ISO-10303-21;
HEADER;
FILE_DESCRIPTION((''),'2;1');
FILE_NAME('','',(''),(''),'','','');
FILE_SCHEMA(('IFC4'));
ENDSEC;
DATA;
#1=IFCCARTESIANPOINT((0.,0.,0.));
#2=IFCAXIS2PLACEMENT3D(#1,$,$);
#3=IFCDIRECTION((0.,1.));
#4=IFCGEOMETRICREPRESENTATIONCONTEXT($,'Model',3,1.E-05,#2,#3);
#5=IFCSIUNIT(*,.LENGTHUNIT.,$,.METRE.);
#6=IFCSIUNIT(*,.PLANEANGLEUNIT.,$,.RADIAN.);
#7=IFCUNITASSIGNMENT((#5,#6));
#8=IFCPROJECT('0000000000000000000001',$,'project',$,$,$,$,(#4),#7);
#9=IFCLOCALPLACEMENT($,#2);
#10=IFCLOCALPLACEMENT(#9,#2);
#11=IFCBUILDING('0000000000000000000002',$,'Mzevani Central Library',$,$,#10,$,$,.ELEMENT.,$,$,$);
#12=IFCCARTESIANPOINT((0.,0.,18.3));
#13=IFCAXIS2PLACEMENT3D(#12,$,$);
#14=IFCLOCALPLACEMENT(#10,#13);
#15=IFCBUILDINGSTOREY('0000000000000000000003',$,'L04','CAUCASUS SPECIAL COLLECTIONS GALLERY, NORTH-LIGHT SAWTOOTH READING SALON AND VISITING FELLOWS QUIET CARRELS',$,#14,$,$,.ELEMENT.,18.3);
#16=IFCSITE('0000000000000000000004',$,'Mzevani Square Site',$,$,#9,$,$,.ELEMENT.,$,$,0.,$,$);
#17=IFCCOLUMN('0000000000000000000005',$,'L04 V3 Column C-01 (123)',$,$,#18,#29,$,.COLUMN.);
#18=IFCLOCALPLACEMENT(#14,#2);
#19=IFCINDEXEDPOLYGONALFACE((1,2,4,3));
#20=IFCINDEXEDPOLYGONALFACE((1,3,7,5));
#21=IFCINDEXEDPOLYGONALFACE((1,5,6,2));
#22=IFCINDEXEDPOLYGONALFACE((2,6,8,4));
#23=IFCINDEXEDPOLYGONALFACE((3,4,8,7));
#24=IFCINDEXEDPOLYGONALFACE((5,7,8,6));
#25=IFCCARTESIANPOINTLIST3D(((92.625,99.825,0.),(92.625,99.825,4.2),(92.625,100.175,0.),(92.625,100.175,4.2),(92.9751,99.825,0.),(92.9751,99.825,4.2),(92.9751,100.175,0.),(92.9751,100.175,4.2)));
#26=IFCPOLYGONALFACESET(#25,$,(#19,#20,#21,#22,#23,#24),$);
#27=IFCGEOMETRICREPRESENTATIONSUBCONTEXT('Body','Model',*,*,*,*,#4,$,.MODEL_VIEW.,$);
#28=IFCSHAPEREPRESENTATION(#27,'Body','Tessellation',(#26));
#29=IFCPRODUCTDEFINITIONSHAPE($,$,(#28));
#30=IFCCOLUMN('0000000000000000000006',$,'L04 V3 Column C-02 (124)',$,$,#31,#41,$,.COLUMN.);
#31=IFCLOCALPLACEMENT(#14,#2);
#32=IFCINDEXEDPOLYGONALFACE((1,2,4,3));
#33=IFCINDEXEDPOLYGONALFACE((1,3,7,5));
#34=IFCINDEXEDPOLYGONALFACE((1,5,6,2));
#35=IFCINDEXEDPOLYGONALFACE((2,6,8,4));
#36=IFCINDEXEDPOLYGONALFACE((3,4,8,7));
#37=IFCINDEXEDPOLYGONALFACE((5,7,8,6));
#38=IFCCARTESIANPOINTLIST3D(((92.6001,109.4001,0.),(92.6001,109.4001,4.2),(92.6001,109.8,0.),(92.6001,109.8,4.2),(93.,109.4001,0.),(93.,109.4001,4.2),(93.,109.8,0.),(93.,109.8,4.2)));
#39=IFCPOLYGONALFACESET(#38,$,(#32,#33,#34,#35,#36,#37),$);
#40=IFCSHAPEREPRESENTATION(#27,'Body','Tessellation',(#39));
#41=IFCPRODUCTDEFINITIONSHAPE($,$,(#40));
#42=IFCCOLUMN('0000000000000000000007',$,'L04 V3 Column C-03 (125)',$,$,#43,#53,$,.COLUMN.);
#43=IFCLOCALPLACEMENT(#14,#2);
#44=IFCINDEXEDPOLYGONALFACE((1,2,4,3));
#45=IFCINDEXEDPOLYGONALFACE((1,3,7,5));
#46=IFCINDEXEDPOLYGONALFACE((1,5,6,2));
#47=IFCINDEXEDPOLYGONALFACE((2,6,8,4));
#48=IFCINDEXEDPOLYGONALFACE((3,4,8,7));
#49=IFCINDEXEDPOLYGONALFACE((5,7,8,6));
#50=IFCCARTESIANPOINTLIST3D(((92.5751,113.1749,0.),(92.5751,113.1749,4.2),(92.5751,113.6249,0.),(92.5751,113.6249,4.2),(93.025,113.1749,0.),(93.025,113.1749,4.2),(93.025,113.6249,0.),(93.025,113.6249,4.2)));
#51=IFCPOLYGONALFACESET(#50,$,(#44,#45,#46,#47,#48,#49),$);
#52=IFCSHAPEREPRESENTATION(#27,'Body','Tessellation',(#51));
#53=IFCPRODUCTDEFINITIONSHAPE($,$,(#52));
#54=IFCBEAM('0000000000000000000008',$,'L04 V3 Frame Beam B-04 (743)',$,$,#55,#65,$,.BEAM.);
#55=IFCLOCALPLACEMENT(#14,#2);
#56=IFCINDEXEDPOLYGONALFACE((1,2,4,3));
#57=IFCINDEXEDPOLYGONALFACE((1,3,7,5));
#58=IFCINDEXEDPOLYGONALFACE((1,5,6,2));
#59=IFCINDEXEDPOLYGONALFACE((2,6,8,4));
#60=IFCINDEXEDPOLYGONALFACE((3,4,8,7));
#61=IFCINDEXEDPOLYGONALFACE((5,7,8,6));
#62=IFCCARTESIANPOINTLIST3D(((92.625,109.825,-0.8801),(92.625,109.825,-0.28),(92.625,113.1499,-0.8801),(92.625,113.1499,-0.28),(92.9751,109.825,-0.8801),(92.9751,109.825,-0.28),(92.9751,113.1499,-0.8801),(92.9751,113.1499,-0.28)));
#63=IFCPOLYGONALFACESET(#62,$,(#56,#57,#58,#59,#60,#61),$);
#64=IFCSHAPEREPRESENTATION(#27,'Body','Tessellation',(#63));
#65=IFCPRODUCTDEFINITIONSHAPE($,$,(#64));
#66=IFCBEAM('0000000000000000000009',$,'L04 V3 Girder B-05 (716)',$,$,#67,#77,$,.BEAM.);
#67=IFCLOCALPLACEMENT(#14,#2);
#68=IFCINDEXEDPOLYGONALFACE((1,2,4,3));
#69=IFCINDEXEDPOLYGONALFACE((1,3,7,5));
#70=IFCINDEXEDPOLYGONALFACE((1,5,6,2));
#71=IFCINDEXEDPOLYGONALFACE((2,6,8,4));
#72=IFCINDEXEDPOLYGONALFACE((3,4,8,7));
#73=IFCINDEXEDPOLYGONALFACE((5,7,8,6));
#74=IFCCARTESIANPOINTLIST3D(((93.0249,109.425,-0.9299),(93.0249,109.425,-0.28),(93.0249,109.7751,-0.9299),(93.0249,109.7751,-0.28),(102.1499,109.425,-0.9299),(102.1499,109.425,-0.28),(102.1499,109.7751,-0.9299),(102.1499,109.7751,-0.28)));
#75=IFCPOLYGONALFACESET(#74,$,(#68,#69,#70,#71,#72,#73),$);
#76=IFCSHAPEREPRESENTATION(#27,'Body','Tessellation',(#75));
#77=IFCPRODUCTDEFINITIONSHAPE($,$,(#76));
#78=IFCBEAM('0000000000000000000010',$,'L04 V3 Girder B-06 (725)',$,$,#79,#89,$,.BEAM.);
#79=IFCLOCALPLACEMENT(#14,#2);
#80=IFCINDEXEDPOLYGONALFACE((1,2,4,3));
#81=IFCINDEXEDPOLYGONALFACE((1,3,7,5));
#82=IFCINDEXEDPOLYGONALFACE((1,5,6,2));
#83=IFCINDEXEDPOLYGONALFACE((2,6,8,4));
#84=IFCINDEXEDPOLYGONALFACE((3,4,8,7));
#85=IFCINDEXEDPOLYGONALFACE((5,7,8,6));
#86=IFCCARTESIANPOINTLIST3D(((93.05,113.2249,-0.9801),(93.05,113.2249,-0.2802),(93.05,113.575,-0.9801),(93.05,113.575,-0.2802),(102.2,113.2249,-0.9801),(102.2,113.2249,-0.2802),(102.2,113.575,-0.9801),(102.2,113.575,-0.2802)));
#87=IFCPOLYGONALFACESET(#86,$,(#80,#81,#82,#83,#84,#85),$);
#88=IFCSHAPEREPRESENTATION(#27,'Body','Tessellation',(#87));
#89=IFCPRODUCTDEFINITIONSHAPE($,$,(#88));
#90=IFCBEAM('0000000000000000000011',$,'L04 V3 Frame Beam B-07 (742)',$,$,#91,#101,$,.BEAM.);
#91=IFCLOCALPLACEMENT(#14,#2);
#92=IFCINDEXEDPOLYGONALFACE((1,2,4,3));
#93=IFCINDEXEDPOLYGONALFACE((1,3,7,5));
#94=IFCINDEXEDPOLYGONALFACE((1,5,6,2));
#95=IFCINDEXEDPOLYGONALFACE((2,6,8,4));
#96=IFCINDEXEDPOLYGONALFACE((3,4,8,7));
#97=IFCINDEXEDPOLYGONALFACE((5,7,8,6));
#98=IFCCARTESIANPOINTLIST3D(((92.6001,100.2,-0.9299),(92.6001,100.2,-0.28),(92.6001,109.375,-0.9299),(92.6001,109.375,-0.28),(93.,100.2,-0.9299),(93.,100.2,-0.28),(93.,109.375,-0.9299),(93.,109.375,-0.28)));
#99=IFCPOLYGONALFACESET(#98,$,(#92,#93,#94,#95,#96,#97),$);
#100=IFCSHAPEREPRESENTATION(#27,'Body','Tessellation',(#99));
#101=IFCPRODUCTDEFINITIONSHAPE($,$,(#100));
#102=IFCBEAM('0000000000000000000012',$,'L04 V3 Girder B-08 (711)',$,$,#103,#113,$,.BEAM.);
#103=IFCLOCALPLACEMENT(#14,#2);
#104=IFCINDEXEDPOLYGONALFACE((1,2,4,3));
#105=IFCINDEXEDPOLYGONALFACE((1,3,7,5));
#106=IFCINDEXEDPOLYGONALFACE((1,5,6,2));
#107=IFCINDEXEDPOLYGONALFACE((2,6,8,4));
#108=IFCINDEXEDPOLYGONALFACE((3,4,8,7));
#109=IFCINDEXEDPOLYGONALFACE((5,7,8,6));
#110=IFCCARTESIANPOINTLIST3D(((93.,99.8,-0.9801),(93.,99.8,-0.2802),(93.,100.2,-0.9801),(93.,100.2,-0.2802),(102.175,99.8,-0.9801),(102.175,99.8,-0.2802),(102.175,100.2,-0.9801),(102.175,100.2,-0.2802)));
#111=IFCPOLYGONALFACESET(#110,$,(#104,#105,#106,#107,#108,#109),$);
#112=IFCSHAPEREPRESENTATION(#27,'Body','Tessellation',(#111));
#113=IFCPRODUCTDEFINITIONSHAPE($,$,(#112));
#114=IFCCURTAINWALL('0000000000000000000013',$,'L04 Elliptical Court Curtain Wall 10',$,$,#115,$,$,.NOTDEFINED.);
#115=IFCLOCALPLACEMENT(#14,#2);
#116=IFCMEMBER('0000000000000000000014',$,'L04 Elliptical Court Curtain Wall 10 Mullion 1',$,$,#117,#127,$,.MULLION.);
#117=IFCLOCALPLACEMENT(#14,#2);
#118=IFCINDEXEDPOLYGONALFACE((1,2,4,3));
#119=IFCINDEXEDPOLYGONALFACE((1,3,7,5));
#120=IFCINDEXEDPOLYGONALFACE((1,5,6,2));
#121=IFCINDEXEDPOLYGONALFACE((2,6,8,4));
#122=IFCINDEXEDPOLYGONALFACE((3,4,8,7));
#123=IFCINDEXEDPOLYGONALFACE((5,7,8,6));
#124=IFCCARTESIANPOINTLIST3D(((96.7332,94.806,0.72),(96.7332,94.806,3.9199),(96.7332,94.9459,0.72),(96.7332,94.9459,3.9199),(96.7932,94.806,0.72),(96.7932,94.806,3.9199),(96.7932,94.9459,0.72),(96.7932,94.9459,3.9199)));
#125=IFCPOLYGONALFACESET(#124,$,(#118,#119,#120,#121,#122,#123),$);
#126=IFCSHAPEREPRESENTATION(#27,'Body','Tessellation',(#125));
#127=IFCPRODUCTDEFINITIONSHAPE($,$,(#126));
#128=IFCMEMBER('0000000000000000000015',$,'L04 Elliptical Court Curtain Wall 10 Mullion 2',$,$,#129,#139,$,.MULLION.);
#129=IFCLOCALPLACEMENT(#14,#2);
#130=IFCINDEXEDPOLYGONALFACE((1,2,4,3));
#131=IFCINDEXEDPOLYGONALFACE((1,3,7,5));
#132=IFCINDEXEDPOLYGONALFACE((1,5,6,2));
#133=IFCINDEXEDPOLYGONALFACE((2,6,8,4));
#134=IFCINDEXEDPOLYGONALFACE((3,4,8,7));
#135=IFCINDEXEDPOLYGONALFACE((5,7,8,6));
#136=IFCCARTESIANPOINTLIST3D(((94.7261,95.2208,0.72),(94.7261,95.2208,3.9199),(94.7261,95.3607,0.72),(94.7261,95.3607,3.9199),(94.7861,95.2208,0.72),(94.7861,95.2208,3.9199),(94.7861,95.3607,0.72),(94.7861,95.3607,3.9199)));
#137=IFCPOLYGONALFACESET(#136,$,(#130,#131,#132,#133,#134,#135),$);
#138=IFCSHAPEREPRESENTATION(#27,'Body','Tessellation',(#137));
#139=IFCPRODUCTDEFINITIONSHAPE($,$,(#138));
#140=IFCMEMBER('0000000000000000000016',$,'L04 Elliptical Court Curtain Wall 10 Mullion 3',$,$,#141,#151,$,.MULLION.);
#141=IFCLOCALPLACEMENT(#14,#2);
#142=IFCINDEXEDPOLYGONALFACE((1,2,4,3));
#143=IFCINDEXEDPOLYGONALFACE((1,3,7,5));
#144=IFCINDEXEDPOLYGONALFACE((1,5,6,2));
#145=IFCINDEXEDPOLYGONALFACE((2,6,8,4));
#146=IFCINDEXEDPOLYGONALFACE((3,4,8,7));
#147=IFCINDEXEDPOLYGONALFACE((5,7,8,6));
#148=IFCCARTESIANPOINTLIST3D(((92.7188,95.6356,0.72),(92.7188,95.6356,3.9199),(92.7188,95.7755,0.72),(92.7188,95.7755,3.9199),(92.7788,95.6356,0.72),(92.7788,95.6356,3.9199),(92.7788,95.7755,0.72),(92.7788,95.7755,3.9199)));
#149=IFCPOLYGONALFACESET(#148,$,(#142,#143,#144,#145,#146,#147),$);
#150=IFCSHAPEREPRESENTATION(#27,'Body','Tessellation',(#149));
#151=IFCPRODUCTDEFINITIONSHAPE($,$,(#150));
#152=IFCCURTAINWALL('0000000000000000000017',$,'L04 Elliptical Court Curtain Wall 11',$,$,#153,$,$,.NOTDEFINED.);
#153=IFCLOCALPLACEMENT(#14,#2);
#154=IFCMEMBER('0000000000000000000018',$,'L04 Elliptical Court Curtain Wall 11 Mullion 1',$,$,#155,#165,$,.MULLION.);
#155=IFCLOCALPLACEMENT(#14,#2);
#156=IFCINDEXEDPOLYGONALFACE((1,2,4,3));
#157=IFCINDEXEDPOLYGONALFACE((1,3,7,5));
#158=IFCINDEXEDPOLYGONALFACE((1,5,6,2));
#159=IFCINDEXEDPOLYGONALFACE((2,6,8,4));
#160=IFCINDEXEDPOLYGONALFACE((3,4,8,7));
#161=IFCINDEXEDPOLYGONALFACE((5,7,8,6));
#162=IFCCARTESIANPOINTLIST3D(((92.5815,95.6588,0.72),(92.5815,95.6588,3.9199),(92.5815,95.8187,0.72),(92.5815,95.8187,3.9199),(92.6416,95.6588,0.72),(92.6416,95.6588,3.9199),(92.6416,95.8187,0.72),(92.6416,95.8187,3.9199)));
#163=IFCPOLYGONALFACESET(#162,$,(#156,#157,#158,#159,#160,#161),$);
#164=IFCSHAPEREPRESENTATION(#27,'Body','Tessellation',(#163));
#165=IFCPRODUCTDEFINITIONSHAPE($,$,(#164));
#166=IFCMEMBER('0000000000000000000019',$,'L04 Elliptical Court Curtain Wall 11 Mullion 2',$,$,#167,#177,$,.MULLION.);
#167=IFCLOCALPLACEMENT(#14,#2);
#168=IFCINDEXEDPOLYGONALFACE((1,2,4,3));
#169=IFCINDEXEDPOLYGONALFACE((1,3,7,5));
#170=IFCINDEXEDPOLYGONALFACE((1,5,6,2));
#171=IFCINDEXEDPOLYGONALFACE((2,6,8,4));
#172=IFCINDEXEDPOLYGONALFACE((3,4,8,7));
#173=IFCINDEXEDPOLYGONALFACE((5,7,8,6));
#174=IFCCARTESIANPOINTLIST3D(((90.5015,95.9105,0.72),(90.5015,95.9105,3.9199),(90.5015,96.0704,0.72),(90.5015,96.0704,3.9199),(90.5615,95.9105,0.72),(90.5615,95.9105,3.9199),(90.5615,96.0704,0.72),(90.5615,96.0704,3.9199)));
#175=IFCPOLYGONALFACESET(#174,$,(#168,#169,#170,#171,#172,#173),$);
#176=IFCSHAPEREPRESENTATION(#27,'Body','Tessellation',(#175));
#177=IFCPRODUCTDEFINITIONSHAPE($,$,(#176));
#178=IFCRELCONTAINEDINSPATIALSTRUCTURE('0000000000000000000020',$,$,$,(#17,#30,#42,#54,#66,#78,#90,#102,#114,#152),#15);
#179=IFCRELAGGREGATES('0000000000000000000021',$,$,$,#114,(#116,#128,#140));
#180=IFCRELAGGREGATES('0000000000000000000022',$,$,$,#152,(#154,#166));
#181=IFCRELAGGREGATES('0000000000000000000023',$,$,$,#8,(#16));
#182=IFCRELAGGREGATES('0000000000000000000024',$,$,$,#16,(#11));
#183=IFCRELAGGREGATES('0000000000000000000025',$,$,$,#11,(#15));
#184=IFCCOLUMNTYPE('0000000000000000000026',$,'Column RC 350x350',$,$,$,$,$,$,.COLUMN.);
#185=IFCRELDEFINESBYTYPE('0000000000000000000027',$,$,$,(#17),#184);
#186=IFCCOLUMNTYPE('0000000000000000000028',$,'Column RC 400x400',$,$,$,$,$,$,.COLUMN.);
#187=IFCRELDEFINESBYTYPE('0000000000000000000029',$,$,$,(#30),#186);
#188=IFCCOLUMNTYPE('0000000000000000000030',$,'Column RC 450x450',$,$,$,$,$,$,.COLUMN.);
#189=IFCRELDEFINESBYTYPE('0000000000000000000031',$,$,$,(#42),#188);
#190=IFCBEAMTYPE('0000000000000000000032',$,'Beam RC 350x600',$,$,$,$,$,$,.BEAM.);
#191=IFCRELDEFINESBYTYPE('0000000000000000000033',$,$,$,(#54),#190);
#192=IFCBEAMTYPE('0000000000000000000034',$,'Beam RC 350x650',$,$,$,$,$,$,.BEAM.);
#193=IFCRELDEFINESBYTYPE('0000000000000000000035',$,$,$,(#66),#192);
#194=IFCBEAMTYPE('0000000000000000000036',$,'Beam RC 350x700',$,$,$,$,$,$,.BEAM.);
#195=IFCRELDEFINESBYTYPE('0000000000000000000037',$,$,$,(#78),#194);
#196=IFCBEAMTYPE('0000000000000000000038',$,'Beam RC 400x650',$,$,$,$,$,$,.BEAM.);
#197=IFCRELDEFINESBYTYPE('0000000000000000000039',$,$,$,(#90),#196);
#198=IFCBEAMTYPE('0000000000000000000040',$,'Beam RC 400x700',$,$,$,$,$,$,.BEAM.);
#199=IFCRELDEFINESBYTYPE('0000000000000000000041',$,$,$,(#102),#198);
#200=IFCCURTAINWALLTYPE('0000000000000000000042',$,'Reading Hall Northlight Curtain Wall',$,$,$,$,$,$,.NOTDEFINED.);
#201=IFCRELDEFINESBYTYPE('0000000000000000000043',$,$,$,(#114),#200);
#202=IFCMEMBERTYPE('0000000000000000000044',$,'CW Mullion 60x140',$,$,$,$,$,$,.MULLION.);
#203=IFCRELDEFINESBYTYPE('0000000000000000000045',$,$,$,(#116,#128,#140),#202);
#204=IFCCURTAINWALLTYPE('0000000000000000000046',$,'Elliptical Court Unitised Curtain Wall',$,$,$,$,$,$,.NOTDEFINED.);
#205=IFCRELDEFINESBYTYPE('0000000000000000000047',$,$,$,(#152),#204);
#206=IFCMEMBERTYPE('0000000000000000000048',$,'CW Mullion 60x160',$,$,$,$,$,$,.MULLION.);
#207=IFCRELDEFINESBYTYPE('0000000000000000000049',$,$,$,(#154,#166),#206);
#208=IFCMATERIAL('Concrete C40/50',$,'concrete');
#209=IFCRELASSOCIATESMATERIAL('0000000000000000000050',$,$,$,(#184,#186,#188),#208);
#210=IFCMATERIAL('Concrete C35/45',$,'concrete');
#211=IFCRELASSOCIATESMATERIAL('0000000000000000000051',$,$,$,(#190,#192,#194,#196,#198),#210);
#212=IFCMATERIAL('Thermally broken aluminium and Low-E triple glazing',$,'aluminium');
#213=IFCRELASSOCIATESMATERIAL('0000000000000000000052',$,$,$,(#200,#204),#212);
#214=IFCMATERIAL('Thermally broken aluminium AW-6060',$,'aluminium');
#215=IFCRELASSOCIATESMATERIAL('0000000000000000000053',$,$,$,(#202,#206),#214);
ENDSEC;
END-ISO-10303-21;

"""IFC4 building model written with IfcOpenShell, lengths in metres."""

from ifc_helpers import new_model, si_unit, direction, frame, origin, origin_2d, place, context, subcontext, project, spatial, rectangle, extrude, material, material_profile, profile_set, type_object, element, aggregate, save


model = new_model("IFC4")

# Units and contexts
model_context = context("Model", 3, precision=1e-05, world=origin(), true_north=direction((0.0, 1.0)))
body_context = subcontext(model_context, "Body", "Model", "MODEL_VIEW")
ifc_project = project(units=[si_unit("LENGTHUNIT", "METRE"), si_unit("PLANEANGLEUNIT", "RADIAN")], contexts=[model_context])

# Site, building, storey
site_placement = place(None, origin())
site = spatial("IfcSite", under=ifc_project, at=site_placement, Name="Mzevani Square Site", CompositionType="ELEMENT", RefElevation=0.0)
building_placement = place(site_placement, origin())
building = spatial("IfcBuilding", under=site, at=building_placement, Name="Mzevani Central Library", CompositionType="ELEMENT")
storey_placement = place(building_placement, frame((0.0, 0.0, 18.3)))
storey = spatial("IfcBuildingStorey", under=building, at=storey_placement, Name="L04", Description="CAUCASUS SPECIAL COLLECTIONS GALLERY, NORTH-LIGHT SAWTOOTH READING SALON AND VISITING FELLOWS QUIET CARRELS", CompositionType="ELEMENT", Elevation=18.3)

# Columns
ifc_material_1 = material(Name="Concrete C40/50", Category="concrete")
ifc_material_profile_1 = material_profile(ifc_material_1, rectangle(XDim=0.3501, YDim=0.3501, at=origin_2d()), Name="RC 350x350")
ifc_profile_set_1 = profile_set([ifc_material_profile_1], Name="Concrete C40/50")
column_type_1 = type_object("IfcColumnType", Name="Column RC 350x350", PredefinedType="COLUMN", material=ifc_profile_set_1)
column_1_placement = place(storey_placement, frame((92.8, 100.0, 0.0), z_axis=(0.0, 0.0, 1.0), x_axis=(1.0, 0.0, 0.0)))
element("IfcColumn", 1, at=column_1_placement, inside=storey, type_object=column_type_1, Name="L04 V3 Column C-01 (123)", PredefinedType="COLUMN", context=body_context, shape_type="SweptSolid", body=[
    extrude(rectangle(XDim=0.3501, YDim=0.3501, at=origin_2d()), origin(), (0.0, 0.0, 1.0), 4.2),
])
ifc_material_profile_2 = material_profile(ifc_material_1, rectangle(XDim=0.3999, YDim=0.3999, at=origin_2d()), Name="RC 400x400")
ifc_profile_set_2 = profile_set([ifc_material_profile_2], Name="Concrete C40/50")
column_type_2 = type_object("IfcColumnType", Name="Column RC 400x400", PredefinedType="COLUMN", material=ifc_profile_set_2)
column_2_placement = place(storey_placement, frame((92.8, 109.6001, 0.0), z_axis=(0.0, 0.0, 1.0), x_axis=(1.0, 0.0, 0.0)))
element("IfcColumn", 2, at=column_2_placement, inside=storey, type_object=column_type_2, Name="L04 V3 Column C-02 (124)", PredefinedType="COLUMN", context=body_context, shape_type="SweptSolid", body=[
    extrude(rectangle(XDim=0.3999, YDim=0.3999, at=origin_2d()), origin(), (0.0, 0.0, 1.0), 4.2),
])
ifc_material_profile_3 = material_profile(ifc_material_1, rectangle(XDim=0.45, YDim=0.45, at=origin_2d()), Name="RC 450x450")
ifc_profile_set_3 = profile_set([ifc_material_profile_3], Name="Concrete C40/50")
column_type_3 = type_object("IfcColumnType", Name="Column RC 450x450", PredefinedType="COLUMN", material=ifc_profile_set_3)
column_3_placement = place(storey_placement, frame((92.8, 113.3999, 0.0), z_axis=(0.0, 0.0, 1.0), x_axis=(1.0, 0.0, 0.0)))
element("IfcColumn", 3, at=column_3_placement, inside=storey, type_object=column_type_3, Name="L04 V3 Column C-03 (125)", PredefinedType="COLUMN", context=body_context, shape_type="SweptSolid", body=[
    extrude(rectangle(XDim=0.45, YDim=0.45, at=origin_2d()), origin(), (0.0, 0.0, 1.0), 4.2),
])

# Beams
ifc_material_2 = material(Name="Concrete C35/45", Category="concrete")
ifc_material_profile_4 = material_profile(ifc_material_2, rectangle(XDim=0.3501, YDim=0.6001, at=origin_2d()), Name="RC B350x600")
ifc_profile_set_4 = profile_set([ifc_material_profile_4], Name="Concrete C35/45")
beam_type_1 = type_object("IfcBeamType", Name="Beam RC 350x600", PredefinedType="BEAM", material=ifc_profile_set_4)
beam_1_placement = place(storey_placement, frame((92.8, 109.825, -0.5801), z_axis=(0.0, 1.0, 0.0), x_axis=(-1.0, 0.0, 0.0)))
element("IfcBeam", 4, at=beam_1_placement, inside=storey, type_object=beam_type_1, Name="L04 V3 Frame Beam B-04 (743)", PredefinedType="BEAM", context=body_context, shape_type="SweptSolid", body=[
    extrude(rectangle(XDim=0.3501, YDim=0.6001, at=origin_2d()), origin(), (0.0, 0.0, 1.0), 3.325),
])
ifc_material_profile_5 = material_profile(ifc_material_2, rectangle(XDim=0.3501, YDim=0.6499, at=origin_2d()), Name="RC B350x650")
ifc_profile_set_5 = profile_set([ifc_material_profile_5], Name="Concrete C35/45")
beam_type_2 = type_object("IfcBeamType", Name="Beam RC 350x650", PredefinedType="BEAM", material=ifc_profile_set_5)
beam_2_placement = place(storey_placement, frame((93.0249, 109.6001, -0.605), z_axis=(1.0, 0.0, 0.0), x_axis=(0.0, 1.0, 0.0)))
element("IfcBeam", 5, at=beam_2_placement, inside=storey, type_object=beam_type_2, Name="L04 V3 Girder B-05 (716)", PredefinedType="BEAM", context=body_context, shape_type="SweptSolid", body=[
    extrude(rectangle(XDim=0.3501, YDim=0.6499, at=origin_2d()), origin(), (0.0, 0.0, 1.0), 9.125),
])
ifc_material_profile_6 = material_profile(ifc_material_2, rectangle(XDim=0.3501, YDim=0.7, at=origin_2d()), Name="RC B350x700")
ifc_profile_set_6 = profile_set([ifc_material_profile_6], Name="Concrete C35/45")
beam_type_3 = type_object("IfcBeamType", Name="Beam RC 350x700", PredefinedType="BEAM", material=ifc_profile_set_6)
beam_3_placement = place(storey_placement, frame((93.05, 113.3999, -0.6301), z_axis=(1.0, 0.0, 0.0), x_axis=(0.0, 1.0, 0.0)))
element("IfcBeam", 6, at=beam_3_placement, inside=storey, type_object=beam_type_3, Name="L04 V3 Girder B-06 (725)", PredefinedType="BEAM", context=body_context, shape_type="SweptSolid", body=[
    extrude(rectangle(XDim=0.3501, YDim=0.7, at=origin_2d()), origin(), (0.0, 0.0, 1.0), 9.1499),
])
ifc_material_profile_7 = material_profile(ifc_material_2, rectangle(XDim=0.3999, YDim=0.6499, at=origin_2d()), Name="RC B400x650")
ifc_profile_set_7 = profile_set([ifc_material_profile_7], Name="Concrete C35/45")
beam_type_4 = type_object("IfcBeamType", Name="Beam RC 400x650", PredefinedType="BEAM", material=ifc_profile_set_7)
beam_4_placement = place(storey_placement, frame((92.8, 100.2, -0.605), z_axis=(0.0, 1.0, 0.0), x_axis=(-1.0, 0.0, 0.0)))
element("IfcBeam", 7, at=beam_4_placement, inside=storey, type_object=beam_type_4, Name="L04 V3 Frame Beam B-07 (742)", PredefinedType="BEAM", context=body_context, shape_type="SweptSolid", body=[
    extrude(rectangle(XDim=0.3999, YDim=0.6499, at=origin_2d()), origin(), (0.0, 0.0, 1.0), 9.175),
])
ifc_material_profile_8 = material_profile(ifc_material_2, rectangle(XDim=0.3999, YDim=0.7, at=origin_2d()), Name="RC B400x700")
ifc_profile_set_8 = profile_set([ifc_material_profile_8], Name="Concrete C35/45")
beam_type_5 = type_object("IfcBeamType", Name="Beam RC 400x700", PredefinedType="BEAM", material=ifc_profile_set_8)
beam_5_placement = place(storey_placement, frame((93.0, 100.0, -0.6301), z_axis=(1.0, 0.0, 0.0), x_axis=(0.0, 1.0, 0.0)))
element("IfcBeam", 8, at=beam_5_placement, inside=storey, type_object=beam_type_5, Name="L04 V3 Girder B-08 (711)", PredefinedType="BEAM", context=body_context, shape_type="SweptSolid", body=[
    extrude(rectangle(XDim=0.3999, YDim=0.7, at=origin_2d()), origin(), (0.0, 0.0, 1.0), 9.175),
])

# Curtain walls, members
ifc_material_3 = material(Name="Thermally broken aluminium and Low-E triple glazing", Category="aluminium")
curtain_wall_type_1 = type_object("IfcCurtainWallType", Name="Reading Hall Northlight Curtain Wall", PredefinedType="NOTDEFINED", material=ifc_material_3)
curtain_wall_1_placement = place(storey_placement, origin())
curtain_wall_1 = element("IfcCurtainWall", 9, at=curtain_wall_1_placement, inside=storey, type_object=curtain_wall_type_1, Name="L04 Elliptical Court Curtain Wall 10", PredefinedType="NOTDEFINED")
ifc_material_4 = material(Name="Thermally broken aluminium AW-6060", Category="aluminium")
ifc_material_profile_9 = material_profile(ifc_material_4, rectangle(XDim=0.0601, YDim=0.1399, at=origin_2d()), Name="ALU M60x140")
ifc_profile_set_9 = profile_set([ifc_material_profile_9], Name="Thermally broken aluminium AW-6060")
member_type_1 = type_object("IfcMemberType", Name="CW Mullion 60x140", PredefinedType="MULLION", material=ifc_profile_set_9)
member_1_placement = place(storey_placement, frame((96.7632, 94.876, 0.72), z_axis=(0.0, 0.0, 1.0), x_axis=(1.0, 0.0, 0.0)))
member_1 = element("IfcMember", 10, at=member_1_placement, type_object=member_type_1, Name="L04 Elliptical Court Curtain Wall 10 Mullion 1", PredefinedType="MULLION", context=body_context, shape_type="SweptSolid", body=[
    extrude(rectangle(XDim=0.0601, YDim=0.1399, at=origin_2d()), origin(), (0.0, 0.0, 1.0), 3.2),
])
member_2_placement = place(storey_placement, frame((94.7561, 95.2908, 0.72), z_axis=(0.0, 0.0, 1.0), x_axis=(1.0, 0.0, 0.0)))
member_2 = element("IfcMember", 11, at=member_2_placement, type_object=member_type_1, Name="L04 Elliptical Court Curtain Wall 10 Mullion 2", PredefinedType="MULLION", context=body_context, shape_type="SweptSolid", body=[
    extrude(rectangle(XDim=0.0601, YDim=0.1399, at=origin_2d()), origin(), (0.0, 0.0, 1.0), 3.2),
])
member_3_placement = place(storey_placement, frame((92.7488, 95.7056, 0.72), z_axis=(0.0, 0.0, 1.0), x_axis=(1.0, 0.0, 0.0)))
member_3 = element("IfcMember", 12, at=member_3_placement, type_object=member_type_1, Name="L04 Elliptical Court Curtain Wall 10 Mullion 3", PredefinedType="MULLION", context=body_context, shape_type="SweptSolid", body=[
    extrude(rectangle(XDim=0.0601, YDim=0.1399, at=origin_2d()), origin(), (0.0, 0.0, 1.0), 3.2),
])
curtain_wall_type_2 = type_object("IfcCurtainWallType", Name="Elliptical Court Unitised Curtain Wall", PredefinedType="NOTDEFINED", material=ifc_material_3)
curtain_wall_2_placement = place(storey_placement, origin())
curtain_wall_2 = element("IfcCurtainWall", 13, at=curtain_wall_2_placement, inside=storey, type_object=curtain_wall_type_2, Name="L04 Elliptical Court Curtain Wall 11", PredefinedType="NOTDEFINED")
ifc_material_profile_10 = material_profile(ifc_material_4, rectangle(XDim=0.0601, YDim=0.1599, at=origin_2d()), Name="ALU M60x160")
ifc_profile_set_10 = profile_set([ifc_material_profile_10], Name="Thermally broken aluminium AW-6060")
member_type_2 = type_object("IfcMemberType", Name="CW Mullion 60x160", PredefinedType="MULLION", material=ifc_profile_set_10)
member_4_placement = place(storey_placement, frame((92.6116, 95.7388, 0.72), z_axis=(0.0, 0.0, 1.0), x_axis=(1.0, 0.0, 0.0)))
member_4 = element("IfcMember", 14, at=member_4_placement, type_object=member_type_2, Name="L04 Elliptical Court Curtain Wall 11 Mullion 1", PredefinedType="MULLION", context=body_context, shape_type="SweptSolid", body=[
    extrude(rectangle(XDim=0.0601, YDim=0.1599, at=origin_2d()), origin(), (0.0, 0.0, 1.0), 3.2),
])
member_5_placement = place(storey_placement, frame((90.5315, 95.9905, 0.72), z_axis=(0.0, 0.0, 1.0), x_axis=(1.0, 0.0, 0.0)))
member_5 = element("IfcMember", 15, at=member_5_placement, type_object=member_type_2, Name="L04 Elliptical Court Curtain Wall 11 Mullion 2", PredefinedType="MULLION", context=body_context, shape_type="SweptSolid", body=[
    extrude(rectangle(XDim=0.0601, YDim=0.1599, at=origin_2d()), origin(), (0.0, 0.0, 1.0), 3.2),
])

aggregate(curtain_wall_1, [member_1, member_2, member_3])
aggregate(curtain_wall_2, [member_4, member_5])

save(model, "model.ifc")
